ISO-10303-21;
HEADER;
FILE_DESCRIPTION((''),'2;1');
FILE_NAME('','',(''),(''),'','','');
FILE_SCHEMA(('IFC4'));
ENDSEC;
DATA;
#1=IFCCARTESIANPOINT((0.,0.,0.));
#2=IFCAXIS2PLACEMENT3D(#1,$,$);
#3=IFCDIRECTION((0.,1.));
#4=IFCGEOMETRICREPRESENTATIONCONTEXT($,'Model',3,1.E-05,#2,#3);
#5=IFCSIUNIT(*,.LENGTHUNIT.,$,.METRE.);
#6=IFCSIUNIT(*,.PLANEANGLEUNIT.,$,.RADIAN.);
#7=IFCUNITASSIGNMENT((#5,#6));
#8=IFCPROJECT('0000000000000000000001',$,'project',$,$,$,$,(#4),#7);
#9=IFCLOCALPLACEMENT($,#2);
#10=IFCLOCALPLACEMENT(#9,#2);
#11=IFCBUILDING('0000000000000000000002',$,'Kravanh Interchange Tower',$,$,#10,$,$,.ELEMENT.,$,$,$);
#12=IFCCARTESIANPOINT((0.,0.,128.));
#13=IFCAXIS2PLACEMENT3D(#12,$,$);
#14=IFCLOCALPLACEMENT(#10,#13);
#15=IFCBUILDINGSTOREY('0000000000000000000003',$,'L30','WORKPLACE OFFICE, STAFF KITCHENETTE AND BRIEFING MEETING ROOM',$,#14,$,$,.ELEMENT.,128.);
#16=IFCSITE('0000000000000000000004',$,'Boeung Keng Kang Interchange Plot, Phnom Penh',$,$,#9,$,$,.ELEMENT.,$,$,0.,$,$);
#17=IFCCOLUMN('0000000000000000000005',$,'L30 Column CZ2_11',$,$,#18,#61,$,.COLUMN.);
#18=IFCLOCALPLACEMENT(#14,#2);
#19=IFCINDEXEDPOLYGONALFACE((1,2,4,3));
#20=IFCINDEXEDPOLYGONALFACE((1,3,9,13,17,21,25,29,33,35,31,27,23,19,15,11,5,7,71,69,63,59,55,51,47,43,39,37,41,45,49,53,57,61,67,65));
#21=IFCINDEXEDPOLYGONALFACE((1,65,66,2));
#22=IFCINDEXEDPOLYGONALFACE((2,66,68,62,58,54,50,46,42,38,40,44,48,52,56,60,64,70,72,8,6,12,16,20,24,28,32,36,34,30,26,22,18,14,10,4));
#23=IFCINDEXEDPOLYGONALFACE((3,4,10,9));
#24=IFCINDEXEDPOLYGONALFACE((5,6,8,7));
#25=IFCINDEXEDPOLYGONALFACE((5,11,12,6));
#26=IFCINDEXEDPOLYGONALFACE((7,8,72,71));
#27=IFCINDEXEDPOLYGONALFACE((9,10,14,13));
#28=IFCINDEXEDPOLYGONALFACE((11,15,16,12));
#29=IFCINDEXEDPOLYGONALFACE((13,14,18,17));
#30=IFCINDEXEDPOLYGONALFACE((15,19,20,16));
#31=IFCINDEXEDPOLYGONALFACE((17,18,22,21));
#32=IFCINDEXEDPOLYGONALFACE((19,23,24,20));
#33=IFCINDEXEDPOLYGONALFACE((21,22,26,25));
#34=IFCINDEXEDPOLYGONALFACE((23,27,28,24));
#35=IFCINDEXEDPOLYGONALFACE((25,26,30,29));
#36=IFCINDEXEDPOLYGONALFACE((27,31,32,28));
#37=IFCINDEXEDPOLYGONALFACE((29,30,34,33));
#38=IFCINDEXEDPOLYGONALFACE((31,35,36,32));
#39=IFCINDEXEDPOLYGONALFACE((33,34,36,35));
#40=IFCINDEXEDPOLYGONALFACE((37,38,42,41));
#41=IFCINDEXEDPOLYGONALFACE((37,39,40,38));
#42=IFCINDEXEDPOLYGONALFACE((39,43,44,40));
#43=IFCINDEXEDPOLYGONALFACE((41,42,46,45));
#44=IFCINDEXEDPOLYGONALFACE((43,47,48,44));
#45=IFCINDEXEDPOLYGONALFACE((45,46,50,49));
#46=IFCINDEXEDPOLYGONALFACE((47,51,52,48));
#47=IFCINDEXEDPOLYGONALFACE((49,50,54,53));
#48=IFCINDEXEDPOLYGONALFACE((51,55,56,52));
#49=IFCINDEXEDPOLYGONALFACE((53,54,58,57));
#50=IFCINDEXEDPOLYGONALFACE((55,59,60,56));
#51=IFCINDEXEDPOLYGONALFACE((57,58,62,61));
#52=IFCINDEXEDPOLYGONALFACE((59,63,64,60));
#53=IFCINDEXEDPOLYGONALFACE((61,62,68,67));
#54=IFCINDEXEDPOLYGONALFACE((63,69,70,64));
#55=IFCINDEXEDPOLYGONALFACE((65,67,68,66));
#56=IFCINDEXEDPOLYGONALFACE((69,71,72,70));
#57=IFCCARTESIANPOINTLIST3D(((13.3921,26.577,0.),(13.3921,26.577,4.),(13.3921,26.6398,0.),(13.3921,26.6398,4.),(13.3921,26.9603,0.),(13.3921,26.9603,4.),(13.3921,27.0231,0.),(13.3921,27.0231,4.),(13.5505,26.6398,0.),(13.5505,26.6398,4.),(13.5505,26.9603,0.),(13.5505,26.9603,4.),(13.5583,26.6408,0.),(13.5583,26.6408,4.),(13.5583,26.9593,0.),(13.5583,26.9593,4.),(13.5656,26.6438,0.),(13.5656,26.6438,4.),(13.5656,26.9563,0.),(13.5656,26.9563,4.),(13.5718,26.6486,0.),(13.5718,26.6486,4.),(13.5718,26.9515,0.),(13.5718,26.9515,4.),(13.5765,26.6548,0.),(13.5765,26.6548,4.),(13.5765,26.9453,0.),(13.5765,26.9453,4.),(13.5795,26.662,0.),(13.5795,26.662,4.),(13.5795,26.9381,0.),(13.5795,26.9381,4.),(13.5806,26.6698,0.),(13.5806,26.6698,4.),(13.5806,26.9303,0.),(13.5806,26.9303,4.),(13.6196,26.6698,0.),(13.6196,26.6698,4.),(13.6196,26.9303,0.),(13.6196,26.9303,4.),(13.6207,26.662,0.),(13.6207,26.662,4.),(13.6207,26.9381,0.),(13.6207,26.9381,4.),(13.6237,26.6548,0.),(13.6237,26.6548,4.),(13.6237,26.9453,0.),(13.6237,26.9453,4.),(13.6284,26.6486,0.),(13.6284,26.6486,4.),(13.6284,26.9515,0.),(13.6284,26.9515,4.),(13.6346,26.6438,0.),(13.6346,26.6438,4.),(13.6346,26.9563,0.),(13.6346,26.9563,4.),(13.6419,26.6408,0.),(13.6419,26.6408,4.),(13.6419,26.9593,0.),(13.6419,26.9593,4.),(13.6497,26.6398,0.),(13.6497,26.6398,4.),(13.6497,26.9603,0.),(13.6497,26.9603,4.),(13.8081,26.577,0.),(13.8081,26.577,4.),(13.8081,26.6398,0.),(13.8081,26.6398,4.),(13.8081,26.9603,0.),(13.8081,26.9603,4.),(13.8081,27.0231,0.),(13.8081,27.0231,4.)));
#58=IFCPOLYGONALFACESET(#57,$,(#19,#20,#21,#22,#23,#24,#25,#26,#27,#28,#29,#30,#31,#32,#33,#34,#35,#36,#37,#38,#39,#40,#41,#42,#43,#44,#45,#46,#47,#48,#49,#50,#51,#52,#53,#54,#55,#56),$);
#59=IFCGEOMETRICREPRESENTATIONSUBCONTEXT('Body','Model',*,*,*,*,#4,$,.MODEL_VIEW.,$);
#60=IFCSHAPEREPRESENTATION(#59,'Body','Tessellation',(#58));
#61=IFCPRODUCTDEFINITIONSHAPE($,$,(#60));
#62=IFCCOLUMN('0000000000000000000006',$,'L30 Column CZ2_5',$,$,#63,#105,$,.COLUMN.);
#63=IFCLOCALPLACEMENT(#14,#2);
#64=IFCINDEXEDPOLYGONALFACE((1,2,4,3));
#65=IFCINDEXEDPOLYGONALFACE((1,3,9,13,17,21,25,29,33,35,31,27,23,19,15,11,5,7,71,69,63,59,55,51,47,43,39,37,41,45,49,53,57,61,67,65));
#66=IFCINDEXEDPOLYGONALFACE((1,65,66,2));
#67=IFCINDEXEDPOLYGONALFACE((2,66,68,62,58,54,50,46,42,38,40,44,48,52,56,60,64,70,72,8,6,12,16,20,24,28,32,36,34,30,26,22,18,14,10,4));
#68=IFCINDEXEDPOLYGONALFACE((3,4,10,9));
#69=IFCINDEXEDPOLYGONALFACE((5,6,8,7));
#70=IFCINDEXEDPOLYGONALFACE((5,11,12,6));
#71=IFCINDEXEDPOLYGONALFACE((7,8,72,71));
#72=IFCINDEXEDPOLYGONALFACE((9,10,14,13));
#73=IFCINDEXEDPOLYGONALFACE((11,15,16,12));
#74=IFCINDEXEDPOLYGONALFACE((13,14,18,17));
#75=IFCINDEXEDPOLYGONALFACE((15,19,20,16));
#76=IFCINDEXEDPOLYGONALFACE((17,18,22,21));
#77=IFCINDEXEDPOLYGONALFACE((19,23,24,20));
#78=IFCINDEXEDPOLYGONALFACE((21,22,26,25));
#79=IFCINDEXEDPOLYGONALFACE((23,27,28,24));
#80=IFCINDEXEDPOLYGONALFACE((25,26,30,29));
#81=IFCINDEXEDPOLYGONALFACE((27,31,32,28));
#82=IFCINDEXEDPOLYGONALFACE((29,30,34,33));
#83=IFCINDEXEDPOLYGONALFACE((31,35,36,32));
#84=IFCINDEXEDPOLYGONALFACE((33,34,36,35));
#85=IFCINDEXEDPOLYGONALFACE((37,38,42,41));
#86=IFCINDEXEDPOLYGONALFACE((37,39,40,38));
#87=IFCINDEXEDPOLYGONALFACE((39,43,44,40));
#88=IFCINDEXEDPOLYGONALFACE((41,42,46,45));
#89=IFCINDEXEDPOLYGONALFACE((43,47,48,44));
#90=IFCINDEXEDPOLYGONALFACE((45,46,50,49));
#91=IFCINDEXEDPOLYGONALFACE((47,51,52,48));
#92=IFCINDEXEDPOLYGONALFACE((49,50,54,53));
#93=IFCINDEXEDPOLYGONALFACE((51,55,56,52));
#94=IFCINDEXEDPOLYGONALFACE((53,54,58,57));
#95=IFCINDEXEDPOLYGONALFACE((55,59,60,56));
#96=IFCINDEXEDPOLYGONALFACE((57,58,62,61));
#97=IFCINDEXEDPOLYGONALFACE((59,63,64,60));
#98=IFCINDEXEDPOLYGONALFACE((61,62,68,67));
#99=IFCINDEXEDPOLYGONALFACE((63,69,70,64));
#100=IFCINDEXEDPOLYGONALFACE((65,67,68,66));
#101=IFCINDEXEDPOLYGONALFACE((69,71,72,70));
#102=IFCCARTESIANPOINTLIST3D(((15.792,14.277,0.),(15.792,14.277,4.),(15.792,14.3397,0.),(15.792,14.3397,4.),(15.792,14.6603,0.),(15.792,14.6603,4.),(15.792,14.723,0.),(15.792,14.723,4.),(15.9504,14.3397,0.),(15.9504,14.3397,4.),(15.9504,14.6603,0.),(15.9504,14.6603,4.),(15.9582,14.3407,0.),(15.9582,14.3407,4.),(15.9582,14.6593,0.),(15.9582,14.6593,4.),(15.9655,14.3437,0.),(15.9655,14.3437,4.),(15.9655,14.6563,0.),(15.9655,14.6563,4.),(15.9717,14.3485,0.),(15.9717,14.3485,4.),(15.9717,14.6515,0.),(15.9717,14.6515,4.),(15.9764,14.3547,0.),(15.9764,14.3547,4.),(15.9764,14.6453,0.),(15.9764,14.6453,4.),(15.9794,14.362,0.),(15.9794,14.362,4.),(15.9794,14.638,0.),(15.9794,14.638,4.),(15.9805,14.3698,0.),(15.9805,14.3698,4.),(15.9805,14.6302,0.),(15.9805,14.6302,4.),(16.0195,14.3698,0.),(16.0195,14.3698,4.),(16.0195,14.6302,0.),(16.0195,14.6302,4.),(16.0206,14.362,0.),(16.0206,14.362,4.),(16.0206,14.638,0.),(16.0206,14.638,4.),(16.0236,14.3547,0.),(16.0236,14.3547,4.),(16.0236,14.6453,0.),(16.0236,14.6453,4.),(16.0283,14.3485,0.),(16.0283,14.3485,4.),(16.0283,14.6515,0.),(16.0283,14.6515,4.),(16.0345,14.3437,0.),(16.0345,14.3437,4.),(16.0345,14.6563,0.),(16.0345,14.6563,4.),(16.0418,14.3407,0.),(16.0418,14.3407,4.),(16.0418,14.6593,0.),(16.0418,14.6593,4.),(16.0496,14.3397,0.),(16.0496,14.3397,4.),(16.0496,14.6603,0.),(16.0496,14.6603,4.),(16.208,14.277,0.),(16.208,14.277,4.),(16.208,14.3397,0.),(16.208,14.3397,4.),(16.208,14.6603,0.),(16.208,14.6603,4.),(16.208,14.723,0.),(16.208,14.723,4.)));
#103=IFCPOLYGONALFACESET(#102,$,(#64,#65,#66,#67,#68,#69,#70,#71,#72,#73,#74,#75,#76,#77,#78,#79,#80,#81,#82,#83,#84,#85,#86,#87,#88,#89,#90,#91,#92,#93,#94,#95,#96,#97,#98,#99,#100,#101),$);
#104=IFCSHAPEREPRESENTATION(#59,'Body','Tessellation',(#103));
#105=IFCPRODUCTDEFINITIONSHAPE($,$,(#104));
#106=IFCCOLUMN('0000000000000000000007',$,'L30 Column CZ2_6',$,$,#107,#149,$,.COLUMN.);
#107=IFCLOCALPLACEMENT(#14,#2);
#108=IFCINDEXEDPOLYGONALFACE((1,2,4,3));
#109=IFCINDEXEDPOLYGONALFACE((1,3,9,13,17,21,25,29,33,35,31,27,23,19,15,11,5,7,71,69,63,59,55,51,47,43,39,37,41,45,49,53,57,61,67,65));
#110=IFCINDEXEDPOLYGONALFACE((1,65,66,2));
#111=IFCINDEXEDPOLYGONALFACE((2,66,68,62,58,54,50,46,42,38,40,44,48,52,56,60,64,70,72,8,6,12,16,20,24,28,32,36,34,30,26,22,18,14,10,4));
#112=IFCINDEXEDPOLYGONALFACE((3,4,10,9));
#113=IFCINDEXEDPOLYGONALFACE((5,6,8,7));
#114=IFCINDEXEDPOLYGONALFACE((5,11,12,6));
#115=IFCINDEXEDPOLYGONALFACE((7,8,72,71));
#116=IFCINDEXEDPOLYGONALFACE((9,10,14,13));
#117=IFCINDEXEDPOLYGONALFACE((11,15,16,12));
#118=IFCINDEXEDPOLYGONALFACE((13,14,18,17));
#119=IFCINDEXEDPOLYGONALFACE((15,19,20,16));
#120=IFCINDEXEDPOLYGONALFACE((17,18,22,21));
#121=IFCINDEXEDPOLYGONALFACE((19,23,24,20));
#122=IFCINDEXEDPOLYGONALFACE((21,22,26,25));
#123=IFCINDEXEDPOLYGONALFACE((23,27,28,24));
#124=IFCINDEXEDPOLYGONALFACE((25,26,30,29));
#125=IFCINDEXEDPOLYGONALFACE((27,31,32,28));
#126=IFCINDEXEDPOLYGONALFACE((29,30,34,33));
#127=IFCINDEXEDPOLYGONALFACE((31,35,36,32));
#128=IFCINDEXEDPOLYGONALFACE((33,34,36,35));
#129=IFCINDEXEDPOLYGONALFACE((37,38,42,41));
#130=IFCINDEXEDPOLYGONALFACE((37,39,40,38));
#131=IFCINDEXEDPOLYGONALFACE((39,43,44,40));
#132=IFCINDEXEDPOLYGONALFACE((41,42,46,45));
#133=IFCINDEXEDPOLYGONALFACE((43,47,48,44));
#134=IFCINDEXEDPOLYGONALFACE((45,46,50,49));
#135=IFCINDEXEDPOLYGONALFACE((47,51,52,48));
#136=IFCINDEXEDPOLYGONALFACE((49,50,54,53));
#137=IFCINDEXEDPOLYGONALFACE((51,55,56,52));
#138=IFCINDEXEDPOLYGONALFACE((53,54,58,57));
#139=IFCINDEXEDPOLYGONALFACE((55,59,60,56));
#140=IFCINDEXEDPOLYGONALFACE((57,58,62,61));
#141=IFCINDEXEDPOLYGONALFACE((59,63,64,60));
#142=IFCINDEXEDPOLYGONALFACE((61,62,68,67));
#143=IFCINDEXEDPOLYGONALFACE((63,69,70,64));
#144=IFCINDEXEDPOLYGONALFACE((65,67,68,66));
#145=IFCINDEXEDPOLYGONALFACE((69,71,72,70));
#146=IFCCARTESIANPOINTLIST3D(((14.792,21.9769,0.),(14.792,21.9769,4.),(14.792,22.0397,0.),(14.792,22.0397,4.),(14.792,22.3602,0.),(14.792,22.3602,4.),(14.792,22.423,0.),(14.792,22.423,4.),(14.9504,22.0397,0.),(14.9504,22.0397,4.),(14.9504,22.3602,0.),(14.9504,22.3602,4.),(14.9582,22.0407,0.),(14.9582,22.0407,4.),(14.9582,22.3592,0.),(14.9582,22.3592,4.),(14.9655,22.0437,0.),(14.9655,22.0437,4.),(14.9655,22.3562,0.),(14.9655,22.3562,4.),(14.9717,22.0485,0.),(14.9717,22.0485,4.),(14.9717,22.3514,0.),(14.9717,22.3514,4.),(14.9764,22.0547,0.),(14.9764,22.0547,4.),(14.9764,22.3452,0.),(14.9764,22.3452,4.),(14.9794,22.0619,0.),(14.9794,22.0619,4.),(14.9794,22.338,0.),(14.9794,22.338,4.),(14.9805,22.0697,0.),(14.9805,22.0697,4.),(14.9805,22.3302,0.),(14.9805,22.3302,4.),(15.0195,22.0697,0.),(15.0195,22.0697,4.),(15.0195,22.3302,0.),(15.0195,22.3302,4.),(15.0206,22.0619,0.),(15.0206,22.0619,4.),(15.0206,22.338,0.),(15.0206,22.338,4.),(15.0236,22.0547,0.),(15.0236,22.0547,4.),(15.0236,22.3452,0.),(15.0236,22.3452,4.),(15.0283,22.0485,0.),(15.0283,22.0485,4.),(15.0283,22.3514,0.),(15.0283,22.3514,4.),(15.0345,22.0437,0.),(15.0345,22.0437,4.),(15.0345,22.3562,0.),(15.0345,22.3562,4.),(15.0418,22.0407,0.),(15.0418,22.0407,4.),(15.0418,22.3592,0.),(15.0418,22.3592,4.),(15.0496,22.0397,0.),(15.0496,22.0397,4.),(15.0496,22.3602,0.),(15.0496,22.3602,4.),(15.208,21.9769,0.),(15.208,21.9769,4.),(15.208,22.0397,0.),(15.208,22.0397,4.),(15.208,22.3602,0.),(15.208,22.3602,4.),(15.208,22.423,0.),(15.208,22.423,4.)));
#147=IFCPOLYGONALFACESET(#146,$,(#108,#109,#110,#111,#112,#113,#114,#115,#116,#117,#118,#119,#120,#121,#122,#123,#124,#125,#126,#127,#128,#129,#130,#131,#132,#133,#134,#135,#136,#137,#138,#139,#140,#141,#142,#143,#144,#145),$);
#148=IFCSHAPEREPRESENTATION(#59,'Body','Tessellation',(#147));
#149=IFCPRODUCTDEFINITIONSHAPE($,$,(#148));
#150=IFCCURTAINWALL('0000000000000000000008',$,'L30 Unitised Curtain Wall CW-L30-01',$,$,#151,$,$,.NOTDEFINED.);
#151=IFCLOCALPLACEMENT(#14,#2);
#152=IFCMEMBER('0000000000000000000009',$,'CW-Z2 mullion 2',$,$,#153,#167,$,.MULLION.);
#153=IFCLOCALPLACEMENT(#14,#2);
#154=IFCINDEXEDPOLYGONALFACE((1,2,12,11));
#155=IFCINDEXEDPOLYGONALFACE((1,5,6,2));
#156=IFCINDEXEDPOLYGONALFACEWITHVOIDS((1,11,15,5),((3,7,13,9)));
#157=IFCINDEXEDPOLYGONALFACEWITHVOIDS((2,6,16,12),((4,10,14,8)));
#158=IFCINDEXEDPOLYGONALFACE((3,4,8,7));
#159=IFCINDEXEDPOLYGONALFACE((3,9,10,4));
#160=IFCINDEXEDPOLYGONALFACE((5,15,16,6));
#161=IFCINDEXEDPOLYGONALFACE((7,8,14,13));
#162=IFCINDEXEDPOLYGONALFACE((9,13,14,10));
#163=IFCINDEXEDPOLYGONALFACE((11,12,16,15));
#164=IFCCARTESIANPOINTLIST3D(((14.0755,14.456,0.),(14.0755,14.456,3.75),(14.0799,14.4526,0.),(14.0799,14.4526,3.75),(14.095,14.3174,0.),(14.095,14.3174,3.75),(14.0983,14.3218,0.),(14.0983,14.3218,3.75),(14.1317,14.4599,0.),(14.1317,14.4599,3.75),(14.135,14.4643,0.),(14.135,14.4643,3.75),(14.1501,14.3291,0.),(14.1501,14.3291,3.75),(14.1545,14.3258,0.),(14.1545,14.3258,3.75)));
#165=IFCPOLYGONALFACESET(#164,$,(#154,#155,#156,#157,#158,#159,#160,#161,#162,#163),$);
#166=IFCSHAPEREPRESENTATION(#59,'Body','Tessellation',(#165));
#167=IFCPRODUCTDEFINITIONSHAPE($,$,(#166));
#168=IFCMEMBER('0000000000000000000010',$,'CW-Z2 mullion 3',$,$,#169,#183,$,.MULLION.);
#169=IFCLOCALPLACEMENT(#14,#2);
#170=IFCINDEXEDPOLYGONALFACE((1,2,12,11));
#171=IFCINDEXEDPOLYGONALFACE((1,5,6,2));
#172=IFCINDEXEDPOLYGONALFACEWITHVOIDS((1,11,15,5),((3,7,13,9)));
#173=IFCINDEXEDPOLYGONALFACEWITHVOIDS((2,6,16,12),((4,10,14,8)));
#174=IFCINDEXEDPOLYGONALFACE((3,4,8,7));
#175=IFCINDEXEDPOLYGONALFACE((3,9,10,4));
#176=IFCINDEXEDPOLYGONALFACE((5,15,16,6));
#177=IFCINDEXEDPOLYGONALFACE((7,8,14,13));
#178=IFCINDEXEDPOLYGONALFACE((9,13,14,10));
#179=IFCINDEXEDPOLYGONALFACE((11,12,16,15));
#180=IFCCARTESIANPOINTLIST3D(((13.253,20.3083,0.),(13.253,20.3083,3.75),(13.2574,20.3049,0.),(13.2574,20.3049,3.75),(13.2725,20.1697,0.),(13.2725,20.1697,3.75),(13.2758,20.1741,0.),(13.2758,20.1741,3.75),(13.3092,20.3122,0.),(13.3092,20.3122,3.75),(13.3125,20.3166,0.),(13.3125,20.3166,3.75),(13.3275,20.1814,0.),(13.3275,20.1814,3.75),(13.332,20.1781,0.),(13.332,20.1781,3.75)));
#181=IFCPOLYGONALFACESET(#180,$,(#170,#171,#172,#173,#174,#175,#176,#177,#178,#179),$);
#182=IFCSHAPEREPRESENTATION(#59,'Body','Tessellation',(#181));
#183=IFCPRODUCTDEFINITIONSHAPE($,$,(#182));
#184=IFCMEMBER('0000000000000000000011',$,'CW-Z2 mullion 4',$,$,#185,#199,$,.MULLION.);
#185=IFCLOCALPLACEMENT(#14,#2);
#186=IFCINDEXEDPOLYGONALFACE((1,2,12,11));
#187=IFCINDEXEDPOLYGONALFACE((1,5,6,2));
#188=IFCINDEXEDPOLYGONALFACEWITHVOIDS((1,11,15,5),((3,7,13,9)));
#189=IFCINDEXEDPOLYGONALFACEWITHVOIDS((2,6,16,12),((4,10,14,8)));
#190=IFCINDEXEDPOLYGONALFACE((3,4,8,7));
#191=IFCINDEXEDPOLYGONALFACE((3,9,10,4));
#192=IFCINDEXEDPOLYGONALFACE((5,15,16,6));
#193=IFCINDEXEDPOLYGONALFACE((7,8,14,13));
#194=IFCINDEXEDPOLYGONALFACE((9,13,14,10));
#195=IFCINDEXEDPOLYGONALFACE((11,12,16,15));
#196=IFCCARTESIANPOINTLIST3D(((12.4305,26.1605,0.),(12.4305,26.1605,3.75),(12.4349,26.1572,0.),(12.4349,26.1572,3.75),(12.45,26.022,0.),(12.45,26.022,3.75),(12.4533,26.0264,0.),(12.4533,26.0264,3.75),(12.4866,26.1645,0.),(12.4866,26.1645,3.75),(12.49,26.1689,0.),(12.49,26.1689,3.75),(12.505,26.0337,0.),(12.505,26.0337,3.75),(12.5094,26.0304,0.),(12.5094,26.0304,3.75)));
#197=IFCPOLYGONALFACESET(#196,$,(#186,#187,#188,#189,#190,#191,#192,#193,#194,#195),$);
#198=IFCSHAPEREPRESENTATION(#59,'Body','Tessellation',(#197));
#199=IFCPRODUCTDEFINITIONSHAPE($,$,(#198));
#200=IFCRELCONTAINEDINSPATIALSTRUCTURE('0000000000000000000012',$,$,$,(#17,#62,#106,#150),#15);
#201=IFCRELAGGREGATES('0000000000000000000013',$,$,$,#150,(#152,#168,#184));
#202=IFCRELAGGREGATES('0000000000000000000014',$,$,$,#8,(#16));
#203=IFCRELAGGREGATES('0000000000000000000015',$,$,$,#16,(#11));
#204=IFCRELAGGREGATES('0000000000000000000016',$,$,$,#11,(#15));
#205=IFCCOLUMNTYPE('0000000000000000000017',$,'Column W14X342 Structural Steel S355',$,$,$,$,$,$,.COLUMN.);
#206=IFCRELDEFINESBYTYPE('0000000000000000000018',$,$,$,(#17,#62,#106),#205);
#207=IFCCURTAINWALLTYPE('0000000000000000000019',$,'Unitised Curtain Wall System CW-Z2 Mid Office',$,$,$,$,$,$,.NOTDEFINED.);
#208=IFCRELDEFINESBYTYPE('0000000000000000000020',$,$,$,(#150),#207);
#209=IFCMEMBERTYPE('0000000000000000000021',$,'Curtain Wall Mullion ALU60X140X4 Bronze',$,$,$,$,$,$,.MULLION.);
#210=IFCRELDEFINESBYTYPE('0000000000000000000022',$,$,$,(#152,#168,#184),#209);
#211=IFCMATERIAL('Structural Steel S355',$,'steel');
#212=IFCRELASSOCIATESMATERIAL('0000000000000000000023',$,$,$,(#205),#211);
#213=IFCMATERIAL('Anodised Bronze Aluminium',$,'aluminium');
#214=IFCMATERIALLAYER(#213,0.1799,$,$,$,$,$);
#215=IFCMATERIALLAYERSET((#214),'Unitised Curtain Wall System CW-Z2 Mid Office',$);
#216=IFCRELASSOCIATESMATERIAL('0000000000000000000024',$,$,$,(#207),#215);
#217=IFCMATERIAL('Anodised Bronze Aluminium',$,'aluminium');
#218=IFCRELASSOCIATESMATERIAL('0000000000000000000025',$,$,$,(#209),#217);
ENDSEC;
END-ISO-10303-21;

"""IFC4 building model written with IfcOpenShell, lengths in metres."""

from ifc_helpers import new_model, si_unit, direction, frame, origin, origin_2d, place, context, subcontext, project, spatial, hollow_rectangle, i_section, extrude, material, layer, layer_set, material_profile, profile_set, type_object, element, aggregate, save


model = new_model("IFC4")

# Units and contexts
model_context = context("Model", 3, precision=1e-05, world=origin(), true_north=direction((0.0, 1.0)))
body_context = subcontext(model_context, "Body", "Model", "MODEL_VIEW")
ifc_project = project(units=[si_unit("LENGTHUNIT", "METRE"), si_unit("PLANEANGLEUNIT", "RADIAN")], contexts=[model_context])

# Site, building, storey
site_placement = place(None, origin())
site = spatial("IfcSite", under=ifc_project, at=site_placement, Name="Boeung Keng Kang Interchange Plot, Phnom Penh", CompositionType="ELEMENT", RefElevation=0.0)
building_placement = place(site_placement, origin())
building = spatial("IfcBuilding", under=site, at=building_placement, Name="Kravanh Interchange Tower", CompositionType="ELEMENT")
storey_placement = place(building_placement, frame((0.0, 0.0, 128.0)))
storey = spatial("IfcBuildingStorey", under=building, at=storey_placement, Name="L30", Description="WORKPLACE OFFICE, STAFF KITCHENETTE AND BRIEFING MEETING ROOM", CompositionType="ELEMENT", Elevation=128.0)

# Columns
ifc_material_1 = material(Name="Structural Steel S355", Category="steel")
ifc_material_profile_1 = material_profile(ifc_material_1, i_section(OverallWidth=0.416, OverallDepth=0.446, WebThickness=0.0391, FlangeThickness=0.0627, FilletRadius=0.03, at=origin_2d()), Name="W14X342")
ifc_profile_set_1 = profile_set([ifc_material_profile_1], Name="Structural Steel S355")
column_type = type_object("IfcColumnType", Name="Column W14X342 Structural Steel S355", PredefinedType="COLUMN", material=ifc_profile_set_1)
for number, where, z_axis, x_axis, name in (
    (1, (13.6001, 26.8, 0.0), (0.0, 0.0, 1.0), (1.0, 0.0, 0.0), "L30 Column CZ2_11"),
    (2, (16.0, 14.5, 0.0), (0.0, 0.0, 1.0), (1.0, 0.0, 0.0), "L30 Column CZ2_5"),
    (3, (15.0, 22.2, 0.0), (0.0, 0.0, 1.0), (1.0, 0.0, 0.0), "L30 Column CZ2_6"),
):
    element("IfcColumn", number, at=place(storey_placement, frame(where, z_axis=z_axis, x_axis=x_axis)), inside=storey, type_object=column_type, Name=name, PredefinedType="COLUMN", context=body_context, shape_type="SweptSolid", body=[
        extrude(i_section(OverallWidth=0.416, OverallDepth=0.446, WebThickness=0.0391, FlangeThickness=0.0627, FilletRadius=0.03, at=origin_2d()), origin(), (0.0, 0.0, 1.0), 4.0),
    ])

# Curtain wall, members
ifc_material_2 = material(Name="Anodised Bronze Aluminium", Category="aluminium")
ifc_layer_1 = layer(ifc_material_2, 0.1799)
ifc_layer_set_1 = layer_set([ifc_layer_1], Name="Unitised Curtain Wall System CW-Z2 Mid Office")
curtain_wall_type = type_object("IfcCurtainWallType", Name="Unitised Curtain Wall System CW-Z2 Mid Office", PredefinedType="NOTDEFINED", material=ifc_layer_set_1)
curtain_wall_placement = place(storey_placement, origin())
curtain_wall = element("IfcCurtainWall", 4, at=curtain_wall_placement, inside=storey, type_object=curtain_wall_type, Name="L30 Unitised Curtain Wall CW-L30-01", PredefinedType="NOTDEFINED")
ifc_material_3 = material(Name="Anodised Bronze Aluminium", Category="aluminium")
ifc_material_profile_2 = material_profile(ifc_material_3, hollow_rectangle(XDim=0.0601, YDim=0.1399, WallThickness=0.0039, at=origin_2d()), Name="ALU60X140X4")
ifc_profile_set_2 = profile_set([ifc_material_profile_2], Name="Anodised Bronze Aluminium")
member_type_1 = type_object("IfcMemberType", Name="Curtain Wall Mullion ALU60X140X4 Bronze", PredefinedType="MULLION", material=ifc_profile_set_2)
member_1_placement = place(storey_placement, frame((14.115, 14.3909, 0.0), z_axis=(0.0, 0.0, 1.0), x_axis=(-0.990268, -0.139173, 0.0)))
member_1 = element("IfcMember", 5, at=member_1_placement, type_object=member_type_1, Name="CW-Z2 mullion 2", PredefinedType="MULLION", context=body_context, shape_type="SweptSolid", body=[
    extrude(hollow_rectangle(XDim=0.0601, YDim=0.1399, WallThickness=0.0039, at=origin_2d()), origin(), (0.0, 0.0, 1.0), 3.75),
])
member_2_placement = place(storey_placement, frame((13.2925, 20.2432, 0.0), z_axis=(0.0, 0.0, 1.0), x_axis=(-0.990268, -0.139173, 0.0)))
member_2 = element("IfcMember", 6, at=member_2_placement, type_object=member_type_1, Name="CW-Z2 mullion 3", PredefinedType="MULLION", context=body_context, shape_type="SweptSolid", body=[
    extrude(hollow_rectangle(XDim=0.0601, YDim=0.1399, WallThickness=0.0039, at=origin_2d()), origin(), (0.0, 0.0, 1.0), 3.75),
])
member_3_placement = place(storey_placement, frame((12.47, 26.0955, 0.0), z_axis=(0.0, 0.0, 1.0), x_axis=(-0.990268, -0.139173, 0.0)))
member_3 = element("IfcMember", 7, at=member_3_placement, type_object=member_type_1, Name="CW-Z2 mullion 4", PredefinedType="MULLION", context=body_context, shape_type="SweptSolid", body=[
    extrude(hollow_rectangle(XDim=0.0601, YDim=0.1399, WallThickness=0.0039, at=origin_2d()), origin(), (0.0, 0.0, 1.0), 3.75),
])

aggregate(curtain_wall, [member_1, member_2, member_3])

save(model, "model.ifc")
